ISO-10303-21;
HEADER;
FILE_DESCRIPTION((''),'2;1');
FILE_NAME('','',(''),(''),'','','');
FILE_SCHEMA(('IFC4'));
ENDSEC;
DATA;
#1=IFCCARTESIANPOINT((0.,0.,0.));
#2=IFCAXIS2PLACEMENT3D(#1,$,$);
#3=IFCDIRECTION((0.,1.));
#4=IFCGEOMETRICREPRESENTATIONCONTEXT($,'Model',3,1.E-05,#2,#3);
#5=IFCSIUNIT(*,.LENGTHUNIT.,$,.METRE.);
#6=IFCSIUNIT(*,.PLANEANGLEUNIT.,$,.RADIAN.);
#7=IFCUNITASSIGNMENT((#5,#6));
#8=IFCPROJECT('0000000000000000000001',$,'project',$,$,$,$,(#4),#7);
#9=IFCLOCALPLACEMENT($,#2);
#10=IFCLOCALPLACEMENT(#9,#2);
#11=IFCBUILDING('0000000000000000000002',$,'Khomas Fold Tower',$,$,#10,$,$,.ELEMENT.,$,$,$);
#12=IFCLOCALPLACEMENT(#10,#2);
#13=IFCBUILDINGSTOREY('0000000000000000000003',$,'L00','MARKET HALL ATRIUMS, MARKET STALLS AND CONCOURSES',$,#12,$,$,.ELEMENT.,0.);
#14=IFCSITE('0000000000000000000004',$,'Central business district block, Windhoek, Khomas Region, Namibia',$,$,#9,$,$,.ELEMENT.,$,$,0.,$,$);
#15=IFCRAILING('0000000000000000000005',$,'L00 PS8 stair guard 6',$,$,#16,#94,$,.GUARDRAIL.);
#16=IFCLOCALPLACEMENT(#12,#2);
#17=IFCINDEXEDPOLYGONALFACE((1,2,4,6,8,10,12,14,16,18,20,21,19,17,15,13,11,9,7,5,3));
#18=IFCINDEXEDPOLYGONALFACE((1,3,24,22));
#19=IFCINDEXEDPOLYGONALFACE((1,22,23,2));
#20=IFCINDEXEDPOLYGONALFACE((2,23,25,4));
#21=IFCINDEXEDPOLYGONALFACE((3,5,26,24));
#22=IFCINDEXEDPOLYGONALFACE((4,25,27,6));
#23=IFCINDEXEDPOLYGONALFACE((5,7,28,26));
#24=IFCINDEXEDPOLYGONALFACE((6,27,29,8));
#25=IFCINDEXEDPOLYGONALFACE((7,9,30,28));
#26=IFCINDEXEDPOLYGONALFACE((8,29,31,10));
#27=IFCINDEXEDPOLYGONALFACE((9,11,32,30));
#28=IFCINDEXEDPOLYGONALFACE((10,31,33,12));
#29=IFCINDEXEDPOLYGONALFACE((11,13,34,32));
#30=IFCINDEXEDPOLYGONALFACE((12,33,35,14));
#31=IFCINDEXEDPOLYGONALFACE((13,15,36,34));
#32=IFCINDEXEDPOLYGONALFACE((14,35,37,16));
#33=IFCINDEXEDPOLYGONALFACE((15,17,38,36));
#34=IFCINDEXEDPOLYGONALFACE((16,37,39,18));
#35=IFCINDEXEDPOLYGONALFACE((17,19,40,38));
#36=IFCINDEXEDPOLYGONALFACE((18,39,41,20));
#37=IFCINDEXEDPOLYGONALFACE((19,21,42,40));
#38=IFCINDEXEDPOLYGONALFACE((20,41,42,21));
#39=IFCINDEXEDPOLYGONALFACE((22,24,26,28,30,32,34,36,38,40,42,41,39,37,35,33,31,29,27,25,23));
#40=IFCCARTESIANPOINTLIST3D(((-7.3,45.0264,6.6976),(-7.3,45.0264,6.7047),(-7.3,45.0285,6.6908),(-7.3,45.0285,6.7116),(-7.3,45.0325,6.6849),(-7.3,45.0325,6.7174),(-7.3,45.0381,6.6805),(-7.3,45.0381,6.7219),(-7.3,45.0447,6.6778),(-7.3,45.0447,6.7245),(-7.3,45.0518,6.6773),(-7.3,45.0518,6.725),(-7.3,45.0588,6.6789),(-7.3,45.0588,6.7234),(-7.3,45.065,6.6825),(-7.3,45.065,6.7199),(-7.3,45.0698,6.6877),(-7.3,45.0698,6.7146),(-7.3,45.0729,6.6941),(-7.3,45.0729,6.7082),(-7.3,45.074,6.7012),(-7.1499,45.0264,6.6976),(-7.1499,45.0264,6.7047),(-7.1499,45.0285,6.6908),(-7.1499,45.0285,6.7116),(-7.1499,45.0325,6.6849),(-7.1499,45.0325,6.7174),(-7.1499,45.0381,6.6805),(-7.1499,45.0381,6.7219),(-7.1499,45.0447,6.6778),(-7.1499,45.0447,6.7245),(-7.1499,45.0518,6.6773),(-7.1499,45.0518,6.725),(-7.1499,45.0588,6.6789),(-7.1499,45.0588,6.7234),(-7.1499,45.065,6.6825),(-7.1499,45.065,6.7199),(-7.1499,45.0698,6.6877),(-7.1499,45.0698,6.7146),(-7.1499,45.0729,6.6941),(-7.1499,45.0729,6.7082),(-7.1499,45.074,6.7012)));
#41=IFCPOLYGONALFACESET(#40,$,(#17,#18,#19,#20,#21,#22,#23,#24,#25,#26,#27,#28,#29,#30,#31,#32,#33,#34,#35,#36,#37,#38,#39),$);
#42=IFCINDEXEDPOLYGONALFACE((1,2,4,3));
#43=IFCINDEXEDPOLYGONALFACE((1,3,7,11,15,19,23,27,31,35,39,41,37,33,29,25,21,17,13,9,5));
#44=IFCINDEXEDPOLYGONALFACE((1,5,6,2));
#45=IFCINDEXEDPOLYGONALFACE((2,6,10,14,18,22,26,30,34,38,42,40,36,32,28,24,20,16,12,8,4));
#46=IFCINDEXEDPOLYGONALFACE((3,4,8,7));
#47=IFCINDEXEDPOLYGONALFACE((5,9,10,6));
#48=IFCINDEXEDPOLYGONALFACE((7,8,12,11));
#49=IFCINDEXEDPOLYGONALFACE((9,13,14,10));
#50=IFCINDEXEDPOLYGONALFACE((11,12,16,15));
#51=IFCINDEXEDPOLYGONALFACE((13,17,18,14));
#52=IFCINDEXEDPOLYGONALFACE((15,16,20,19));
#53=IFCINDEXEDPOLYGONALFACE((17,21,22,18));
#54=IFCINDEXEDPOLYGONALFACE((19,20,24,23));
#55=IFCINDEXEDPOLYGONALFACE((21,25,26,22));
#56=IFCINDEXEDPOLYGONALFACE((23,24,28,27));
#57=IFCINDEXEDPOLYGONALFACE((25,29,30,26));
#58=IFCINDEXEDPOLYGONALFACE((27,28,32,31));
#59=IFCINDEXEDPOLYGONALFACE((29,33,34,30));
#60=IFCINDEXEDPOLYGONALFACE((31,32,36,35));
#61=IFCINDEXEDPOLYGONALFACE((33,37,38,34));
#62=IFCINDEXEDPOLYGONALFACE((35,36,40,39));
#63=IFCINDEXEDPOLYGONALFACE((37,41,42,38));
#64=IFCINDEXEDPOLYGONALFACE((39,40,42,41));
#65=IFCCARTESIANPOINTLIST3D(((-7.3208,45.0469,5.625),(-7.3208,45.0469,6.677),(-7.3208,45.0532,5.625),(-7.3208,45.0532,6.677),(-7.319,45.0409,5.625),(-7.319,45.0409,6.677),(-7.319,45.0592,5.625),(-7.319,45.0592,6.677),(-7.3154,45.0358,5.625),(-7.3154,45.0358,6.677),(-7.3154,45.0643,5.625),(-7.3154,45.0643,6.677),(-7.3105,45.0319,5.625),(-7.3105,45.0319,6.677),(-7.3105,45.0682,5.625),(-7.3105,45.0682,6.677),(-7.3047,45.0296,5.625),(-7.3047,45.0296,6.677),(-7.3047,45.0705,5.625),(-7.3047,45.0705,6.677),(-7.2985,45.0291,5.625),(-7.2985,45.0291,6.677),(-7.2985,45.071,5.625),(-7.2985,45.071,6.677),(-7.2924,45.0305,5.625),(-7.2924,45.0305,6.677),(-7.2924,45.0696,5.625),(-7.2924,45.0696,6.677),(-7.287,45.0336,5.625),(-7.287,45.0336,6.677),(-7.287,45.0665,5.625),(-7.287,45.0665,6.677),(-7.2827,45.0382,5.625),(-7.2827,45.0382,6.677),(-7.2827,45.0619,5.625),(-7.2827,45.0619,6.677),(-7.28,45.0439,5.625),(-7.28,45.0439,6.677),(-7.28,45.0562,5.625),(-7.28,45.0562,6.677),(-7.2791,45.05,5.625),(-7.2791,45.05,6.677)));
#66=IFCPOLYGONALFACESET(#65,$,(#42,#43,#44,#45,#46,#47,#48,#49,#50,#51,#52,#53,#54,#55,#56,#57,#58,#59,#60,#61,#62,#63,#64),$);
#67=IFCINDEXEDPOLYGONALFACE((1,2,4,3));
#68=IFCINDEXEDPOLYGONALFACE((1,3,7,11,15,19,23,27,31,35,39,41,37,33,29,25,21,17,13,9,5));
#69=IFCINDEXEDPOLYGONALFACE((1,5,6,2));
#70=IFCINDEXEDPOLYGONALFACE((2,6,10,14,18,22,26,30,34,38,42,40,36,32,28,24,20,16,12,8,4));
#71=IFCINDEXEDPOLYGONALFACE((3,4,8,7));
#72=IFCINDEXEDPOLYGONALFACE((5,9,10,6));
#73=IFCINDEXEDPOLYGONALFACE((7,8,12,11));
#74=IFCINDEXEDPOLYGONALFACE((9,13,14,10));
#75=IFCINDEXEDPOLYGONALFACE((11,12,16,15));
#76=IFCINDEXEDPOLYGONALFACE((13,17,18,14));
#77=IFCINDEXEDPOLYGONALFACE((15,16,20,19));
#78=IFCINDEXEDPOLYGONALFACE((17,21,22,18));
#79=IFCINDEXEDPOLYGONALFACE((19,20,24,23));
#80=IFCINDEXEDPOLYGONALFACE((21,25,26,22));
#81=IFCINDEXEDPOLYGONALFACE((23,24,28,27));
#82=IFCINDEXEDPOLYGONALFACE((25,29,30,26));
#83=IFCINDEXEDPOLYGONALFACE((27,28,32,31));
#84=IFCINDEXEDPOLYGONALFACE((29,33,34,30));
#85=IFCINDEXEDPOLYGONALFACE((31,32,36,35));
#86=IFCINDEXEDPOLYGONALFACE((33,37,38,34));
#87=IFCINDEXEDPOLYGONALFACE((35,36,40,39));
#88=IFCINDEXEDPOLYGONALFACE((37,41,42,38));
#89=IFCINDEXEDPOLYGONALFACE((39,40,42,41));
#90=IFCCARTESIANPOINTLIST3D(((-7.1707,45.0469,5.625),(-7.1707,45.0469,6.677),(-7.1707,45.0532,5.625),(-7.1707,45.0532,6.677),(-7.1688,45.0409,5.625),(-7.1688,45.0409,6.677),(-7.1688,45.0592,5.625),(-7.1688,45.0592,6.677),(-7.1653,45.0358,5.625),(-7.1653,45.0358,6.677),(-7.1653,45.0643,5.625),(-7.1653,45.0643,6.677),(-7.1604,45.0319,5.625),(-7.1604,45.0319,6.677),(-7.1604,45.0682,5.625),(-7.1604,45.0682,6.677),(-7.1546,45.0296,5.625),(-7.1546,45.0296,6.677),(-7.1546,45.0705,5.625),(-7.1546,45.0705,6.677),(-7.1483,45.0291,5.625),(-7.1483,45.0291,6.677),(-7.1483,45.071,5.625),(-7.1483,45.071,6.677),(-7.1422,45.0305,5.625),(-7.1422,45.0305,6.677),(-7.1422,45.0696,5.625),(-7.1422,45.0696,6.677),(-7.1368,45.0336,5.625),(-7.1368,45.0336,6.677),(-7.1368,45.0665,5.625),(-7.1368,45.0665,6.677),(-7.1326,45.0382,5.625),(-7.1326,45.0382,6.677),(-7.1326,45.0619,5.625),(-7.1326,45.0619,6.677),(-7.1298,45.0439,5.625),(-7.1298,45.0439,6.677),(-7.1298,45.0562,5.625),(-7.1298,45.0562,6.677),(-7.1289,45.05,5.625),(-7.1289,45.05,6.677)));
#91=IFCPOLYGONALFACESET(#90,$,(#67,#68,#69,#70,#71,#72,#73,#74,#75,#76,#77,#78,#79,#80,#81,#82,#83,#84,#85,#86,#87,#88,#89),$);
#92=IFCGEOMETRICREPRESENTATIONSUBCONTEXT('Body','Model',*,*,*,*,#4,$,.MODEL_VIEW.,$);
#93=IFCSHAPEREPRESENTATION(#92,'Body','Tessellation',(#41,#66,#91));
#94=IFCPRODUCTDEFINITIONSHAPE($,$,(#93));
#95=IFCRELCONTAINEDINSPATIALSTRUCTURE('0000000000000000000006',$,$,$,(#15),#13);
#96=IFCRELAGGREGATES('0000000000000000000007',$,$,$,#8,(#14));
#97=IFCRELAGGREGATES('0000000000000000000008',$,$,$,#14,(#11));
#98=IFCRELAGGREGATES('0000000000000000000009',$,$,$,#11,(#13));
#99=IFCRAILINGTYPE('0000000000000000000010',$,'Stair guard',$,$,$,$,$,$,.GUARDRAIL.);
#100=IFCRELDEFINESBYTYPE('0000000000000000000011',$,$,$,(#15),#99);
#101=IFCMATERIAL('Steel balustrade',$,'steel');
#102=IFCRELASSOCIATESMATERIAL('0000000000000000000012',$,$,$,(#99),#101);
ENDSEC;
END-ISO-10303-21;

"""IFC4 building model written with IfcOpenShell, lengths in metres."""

from ifc_helpers import new_model, si_unit, direction, frame, origin, origin_2d, place, context, subcontext, project, spatial, circle, extrude, source, transform, mapped, material, type_object, element, save


model = new_model("IFC4")

# Units and contexts
model_context = context("Model", 3, precision=1e-05, world=origin(), true_north=direction((0.0, 1.0)))
body_context = subcontext(model_context, "Body", "Model", "MODEL_VIEW")
ifc_project = project(units=[si_unit("LENGTHUNIT", "METRE"), si_unit("PLANEANGLEUNIT", "RADIAN")], contexts=[model_context])

# Site, building, storey
site_placement = place(None, origin())
site = spatial("IfcSite", under=ifc_project, at=site_placement, Name="Central business district block, Windhoek, Khomas Region, Namibia", CompositionType="ELEMENT", RefElevation=0.0)
building_placement = place(site_placement, origin())
building = spatial("IfcBuilding", under=site, at=building_placement, Name="Khomas Fold Tower", CompositionType="ELEMENT")
storey_placement = place(building_placement, origin())
storey = spatial("IfcBuildingStorey", under=building, at=storey_placement, Name="L00", Description="MARKET HALL ATRIUMS, MARKET STALLS AND CONCOURSES", CompositionType="ELEMENT", Elevation=0.0)

# Railing
ifc_material_1 = material(Name="Steel balustrade", Category="steel")
railing_type_1 = type_object("IfcRailingType", Name="Stair guard", PredefinedType="GUARDRAIL", material=ifc_material_1)
shared_shape_1 = source(origin(), body_context, "Body", "SweptSolid", [
    extrude(circle(Radius=0.0239, at=origin_2d()), frame((0.0, 0.0, 1.0762), z_axis=(1.0, 0.0, 0.0), x_axis=(0.0, 1.0, 0.0)), (0.0, 0.0, 1.0), 0.1501),
    extrude(circle(Radius=0.021, at=origin_2d()), origin(), (0.0, 0.0, 1.0), 1.052),
    extrude(circle(Radius=0.021, at=origin_2d()), frame((0.1501, 0.0, 0.0)), (0.0, 0.0, 1.0), 1.052),
])
for number, where, name in (
    (1, (-7.3, 45.05, 5.625), "L00 PS8 stair guard 6"),
):
    element("IfcRailing", number, at=place(storey_placement, frame(where)), inside=storey, type_object=railing_type_1, Name=name, PredefinedType="GUARDRAIL", context=body_context, shape_type="MappedRepresentation", body=[
        mapped(shared_shape_1, transform((0.0, 0.0, 0.0))),
    ])

save(model, "model.ifc")
